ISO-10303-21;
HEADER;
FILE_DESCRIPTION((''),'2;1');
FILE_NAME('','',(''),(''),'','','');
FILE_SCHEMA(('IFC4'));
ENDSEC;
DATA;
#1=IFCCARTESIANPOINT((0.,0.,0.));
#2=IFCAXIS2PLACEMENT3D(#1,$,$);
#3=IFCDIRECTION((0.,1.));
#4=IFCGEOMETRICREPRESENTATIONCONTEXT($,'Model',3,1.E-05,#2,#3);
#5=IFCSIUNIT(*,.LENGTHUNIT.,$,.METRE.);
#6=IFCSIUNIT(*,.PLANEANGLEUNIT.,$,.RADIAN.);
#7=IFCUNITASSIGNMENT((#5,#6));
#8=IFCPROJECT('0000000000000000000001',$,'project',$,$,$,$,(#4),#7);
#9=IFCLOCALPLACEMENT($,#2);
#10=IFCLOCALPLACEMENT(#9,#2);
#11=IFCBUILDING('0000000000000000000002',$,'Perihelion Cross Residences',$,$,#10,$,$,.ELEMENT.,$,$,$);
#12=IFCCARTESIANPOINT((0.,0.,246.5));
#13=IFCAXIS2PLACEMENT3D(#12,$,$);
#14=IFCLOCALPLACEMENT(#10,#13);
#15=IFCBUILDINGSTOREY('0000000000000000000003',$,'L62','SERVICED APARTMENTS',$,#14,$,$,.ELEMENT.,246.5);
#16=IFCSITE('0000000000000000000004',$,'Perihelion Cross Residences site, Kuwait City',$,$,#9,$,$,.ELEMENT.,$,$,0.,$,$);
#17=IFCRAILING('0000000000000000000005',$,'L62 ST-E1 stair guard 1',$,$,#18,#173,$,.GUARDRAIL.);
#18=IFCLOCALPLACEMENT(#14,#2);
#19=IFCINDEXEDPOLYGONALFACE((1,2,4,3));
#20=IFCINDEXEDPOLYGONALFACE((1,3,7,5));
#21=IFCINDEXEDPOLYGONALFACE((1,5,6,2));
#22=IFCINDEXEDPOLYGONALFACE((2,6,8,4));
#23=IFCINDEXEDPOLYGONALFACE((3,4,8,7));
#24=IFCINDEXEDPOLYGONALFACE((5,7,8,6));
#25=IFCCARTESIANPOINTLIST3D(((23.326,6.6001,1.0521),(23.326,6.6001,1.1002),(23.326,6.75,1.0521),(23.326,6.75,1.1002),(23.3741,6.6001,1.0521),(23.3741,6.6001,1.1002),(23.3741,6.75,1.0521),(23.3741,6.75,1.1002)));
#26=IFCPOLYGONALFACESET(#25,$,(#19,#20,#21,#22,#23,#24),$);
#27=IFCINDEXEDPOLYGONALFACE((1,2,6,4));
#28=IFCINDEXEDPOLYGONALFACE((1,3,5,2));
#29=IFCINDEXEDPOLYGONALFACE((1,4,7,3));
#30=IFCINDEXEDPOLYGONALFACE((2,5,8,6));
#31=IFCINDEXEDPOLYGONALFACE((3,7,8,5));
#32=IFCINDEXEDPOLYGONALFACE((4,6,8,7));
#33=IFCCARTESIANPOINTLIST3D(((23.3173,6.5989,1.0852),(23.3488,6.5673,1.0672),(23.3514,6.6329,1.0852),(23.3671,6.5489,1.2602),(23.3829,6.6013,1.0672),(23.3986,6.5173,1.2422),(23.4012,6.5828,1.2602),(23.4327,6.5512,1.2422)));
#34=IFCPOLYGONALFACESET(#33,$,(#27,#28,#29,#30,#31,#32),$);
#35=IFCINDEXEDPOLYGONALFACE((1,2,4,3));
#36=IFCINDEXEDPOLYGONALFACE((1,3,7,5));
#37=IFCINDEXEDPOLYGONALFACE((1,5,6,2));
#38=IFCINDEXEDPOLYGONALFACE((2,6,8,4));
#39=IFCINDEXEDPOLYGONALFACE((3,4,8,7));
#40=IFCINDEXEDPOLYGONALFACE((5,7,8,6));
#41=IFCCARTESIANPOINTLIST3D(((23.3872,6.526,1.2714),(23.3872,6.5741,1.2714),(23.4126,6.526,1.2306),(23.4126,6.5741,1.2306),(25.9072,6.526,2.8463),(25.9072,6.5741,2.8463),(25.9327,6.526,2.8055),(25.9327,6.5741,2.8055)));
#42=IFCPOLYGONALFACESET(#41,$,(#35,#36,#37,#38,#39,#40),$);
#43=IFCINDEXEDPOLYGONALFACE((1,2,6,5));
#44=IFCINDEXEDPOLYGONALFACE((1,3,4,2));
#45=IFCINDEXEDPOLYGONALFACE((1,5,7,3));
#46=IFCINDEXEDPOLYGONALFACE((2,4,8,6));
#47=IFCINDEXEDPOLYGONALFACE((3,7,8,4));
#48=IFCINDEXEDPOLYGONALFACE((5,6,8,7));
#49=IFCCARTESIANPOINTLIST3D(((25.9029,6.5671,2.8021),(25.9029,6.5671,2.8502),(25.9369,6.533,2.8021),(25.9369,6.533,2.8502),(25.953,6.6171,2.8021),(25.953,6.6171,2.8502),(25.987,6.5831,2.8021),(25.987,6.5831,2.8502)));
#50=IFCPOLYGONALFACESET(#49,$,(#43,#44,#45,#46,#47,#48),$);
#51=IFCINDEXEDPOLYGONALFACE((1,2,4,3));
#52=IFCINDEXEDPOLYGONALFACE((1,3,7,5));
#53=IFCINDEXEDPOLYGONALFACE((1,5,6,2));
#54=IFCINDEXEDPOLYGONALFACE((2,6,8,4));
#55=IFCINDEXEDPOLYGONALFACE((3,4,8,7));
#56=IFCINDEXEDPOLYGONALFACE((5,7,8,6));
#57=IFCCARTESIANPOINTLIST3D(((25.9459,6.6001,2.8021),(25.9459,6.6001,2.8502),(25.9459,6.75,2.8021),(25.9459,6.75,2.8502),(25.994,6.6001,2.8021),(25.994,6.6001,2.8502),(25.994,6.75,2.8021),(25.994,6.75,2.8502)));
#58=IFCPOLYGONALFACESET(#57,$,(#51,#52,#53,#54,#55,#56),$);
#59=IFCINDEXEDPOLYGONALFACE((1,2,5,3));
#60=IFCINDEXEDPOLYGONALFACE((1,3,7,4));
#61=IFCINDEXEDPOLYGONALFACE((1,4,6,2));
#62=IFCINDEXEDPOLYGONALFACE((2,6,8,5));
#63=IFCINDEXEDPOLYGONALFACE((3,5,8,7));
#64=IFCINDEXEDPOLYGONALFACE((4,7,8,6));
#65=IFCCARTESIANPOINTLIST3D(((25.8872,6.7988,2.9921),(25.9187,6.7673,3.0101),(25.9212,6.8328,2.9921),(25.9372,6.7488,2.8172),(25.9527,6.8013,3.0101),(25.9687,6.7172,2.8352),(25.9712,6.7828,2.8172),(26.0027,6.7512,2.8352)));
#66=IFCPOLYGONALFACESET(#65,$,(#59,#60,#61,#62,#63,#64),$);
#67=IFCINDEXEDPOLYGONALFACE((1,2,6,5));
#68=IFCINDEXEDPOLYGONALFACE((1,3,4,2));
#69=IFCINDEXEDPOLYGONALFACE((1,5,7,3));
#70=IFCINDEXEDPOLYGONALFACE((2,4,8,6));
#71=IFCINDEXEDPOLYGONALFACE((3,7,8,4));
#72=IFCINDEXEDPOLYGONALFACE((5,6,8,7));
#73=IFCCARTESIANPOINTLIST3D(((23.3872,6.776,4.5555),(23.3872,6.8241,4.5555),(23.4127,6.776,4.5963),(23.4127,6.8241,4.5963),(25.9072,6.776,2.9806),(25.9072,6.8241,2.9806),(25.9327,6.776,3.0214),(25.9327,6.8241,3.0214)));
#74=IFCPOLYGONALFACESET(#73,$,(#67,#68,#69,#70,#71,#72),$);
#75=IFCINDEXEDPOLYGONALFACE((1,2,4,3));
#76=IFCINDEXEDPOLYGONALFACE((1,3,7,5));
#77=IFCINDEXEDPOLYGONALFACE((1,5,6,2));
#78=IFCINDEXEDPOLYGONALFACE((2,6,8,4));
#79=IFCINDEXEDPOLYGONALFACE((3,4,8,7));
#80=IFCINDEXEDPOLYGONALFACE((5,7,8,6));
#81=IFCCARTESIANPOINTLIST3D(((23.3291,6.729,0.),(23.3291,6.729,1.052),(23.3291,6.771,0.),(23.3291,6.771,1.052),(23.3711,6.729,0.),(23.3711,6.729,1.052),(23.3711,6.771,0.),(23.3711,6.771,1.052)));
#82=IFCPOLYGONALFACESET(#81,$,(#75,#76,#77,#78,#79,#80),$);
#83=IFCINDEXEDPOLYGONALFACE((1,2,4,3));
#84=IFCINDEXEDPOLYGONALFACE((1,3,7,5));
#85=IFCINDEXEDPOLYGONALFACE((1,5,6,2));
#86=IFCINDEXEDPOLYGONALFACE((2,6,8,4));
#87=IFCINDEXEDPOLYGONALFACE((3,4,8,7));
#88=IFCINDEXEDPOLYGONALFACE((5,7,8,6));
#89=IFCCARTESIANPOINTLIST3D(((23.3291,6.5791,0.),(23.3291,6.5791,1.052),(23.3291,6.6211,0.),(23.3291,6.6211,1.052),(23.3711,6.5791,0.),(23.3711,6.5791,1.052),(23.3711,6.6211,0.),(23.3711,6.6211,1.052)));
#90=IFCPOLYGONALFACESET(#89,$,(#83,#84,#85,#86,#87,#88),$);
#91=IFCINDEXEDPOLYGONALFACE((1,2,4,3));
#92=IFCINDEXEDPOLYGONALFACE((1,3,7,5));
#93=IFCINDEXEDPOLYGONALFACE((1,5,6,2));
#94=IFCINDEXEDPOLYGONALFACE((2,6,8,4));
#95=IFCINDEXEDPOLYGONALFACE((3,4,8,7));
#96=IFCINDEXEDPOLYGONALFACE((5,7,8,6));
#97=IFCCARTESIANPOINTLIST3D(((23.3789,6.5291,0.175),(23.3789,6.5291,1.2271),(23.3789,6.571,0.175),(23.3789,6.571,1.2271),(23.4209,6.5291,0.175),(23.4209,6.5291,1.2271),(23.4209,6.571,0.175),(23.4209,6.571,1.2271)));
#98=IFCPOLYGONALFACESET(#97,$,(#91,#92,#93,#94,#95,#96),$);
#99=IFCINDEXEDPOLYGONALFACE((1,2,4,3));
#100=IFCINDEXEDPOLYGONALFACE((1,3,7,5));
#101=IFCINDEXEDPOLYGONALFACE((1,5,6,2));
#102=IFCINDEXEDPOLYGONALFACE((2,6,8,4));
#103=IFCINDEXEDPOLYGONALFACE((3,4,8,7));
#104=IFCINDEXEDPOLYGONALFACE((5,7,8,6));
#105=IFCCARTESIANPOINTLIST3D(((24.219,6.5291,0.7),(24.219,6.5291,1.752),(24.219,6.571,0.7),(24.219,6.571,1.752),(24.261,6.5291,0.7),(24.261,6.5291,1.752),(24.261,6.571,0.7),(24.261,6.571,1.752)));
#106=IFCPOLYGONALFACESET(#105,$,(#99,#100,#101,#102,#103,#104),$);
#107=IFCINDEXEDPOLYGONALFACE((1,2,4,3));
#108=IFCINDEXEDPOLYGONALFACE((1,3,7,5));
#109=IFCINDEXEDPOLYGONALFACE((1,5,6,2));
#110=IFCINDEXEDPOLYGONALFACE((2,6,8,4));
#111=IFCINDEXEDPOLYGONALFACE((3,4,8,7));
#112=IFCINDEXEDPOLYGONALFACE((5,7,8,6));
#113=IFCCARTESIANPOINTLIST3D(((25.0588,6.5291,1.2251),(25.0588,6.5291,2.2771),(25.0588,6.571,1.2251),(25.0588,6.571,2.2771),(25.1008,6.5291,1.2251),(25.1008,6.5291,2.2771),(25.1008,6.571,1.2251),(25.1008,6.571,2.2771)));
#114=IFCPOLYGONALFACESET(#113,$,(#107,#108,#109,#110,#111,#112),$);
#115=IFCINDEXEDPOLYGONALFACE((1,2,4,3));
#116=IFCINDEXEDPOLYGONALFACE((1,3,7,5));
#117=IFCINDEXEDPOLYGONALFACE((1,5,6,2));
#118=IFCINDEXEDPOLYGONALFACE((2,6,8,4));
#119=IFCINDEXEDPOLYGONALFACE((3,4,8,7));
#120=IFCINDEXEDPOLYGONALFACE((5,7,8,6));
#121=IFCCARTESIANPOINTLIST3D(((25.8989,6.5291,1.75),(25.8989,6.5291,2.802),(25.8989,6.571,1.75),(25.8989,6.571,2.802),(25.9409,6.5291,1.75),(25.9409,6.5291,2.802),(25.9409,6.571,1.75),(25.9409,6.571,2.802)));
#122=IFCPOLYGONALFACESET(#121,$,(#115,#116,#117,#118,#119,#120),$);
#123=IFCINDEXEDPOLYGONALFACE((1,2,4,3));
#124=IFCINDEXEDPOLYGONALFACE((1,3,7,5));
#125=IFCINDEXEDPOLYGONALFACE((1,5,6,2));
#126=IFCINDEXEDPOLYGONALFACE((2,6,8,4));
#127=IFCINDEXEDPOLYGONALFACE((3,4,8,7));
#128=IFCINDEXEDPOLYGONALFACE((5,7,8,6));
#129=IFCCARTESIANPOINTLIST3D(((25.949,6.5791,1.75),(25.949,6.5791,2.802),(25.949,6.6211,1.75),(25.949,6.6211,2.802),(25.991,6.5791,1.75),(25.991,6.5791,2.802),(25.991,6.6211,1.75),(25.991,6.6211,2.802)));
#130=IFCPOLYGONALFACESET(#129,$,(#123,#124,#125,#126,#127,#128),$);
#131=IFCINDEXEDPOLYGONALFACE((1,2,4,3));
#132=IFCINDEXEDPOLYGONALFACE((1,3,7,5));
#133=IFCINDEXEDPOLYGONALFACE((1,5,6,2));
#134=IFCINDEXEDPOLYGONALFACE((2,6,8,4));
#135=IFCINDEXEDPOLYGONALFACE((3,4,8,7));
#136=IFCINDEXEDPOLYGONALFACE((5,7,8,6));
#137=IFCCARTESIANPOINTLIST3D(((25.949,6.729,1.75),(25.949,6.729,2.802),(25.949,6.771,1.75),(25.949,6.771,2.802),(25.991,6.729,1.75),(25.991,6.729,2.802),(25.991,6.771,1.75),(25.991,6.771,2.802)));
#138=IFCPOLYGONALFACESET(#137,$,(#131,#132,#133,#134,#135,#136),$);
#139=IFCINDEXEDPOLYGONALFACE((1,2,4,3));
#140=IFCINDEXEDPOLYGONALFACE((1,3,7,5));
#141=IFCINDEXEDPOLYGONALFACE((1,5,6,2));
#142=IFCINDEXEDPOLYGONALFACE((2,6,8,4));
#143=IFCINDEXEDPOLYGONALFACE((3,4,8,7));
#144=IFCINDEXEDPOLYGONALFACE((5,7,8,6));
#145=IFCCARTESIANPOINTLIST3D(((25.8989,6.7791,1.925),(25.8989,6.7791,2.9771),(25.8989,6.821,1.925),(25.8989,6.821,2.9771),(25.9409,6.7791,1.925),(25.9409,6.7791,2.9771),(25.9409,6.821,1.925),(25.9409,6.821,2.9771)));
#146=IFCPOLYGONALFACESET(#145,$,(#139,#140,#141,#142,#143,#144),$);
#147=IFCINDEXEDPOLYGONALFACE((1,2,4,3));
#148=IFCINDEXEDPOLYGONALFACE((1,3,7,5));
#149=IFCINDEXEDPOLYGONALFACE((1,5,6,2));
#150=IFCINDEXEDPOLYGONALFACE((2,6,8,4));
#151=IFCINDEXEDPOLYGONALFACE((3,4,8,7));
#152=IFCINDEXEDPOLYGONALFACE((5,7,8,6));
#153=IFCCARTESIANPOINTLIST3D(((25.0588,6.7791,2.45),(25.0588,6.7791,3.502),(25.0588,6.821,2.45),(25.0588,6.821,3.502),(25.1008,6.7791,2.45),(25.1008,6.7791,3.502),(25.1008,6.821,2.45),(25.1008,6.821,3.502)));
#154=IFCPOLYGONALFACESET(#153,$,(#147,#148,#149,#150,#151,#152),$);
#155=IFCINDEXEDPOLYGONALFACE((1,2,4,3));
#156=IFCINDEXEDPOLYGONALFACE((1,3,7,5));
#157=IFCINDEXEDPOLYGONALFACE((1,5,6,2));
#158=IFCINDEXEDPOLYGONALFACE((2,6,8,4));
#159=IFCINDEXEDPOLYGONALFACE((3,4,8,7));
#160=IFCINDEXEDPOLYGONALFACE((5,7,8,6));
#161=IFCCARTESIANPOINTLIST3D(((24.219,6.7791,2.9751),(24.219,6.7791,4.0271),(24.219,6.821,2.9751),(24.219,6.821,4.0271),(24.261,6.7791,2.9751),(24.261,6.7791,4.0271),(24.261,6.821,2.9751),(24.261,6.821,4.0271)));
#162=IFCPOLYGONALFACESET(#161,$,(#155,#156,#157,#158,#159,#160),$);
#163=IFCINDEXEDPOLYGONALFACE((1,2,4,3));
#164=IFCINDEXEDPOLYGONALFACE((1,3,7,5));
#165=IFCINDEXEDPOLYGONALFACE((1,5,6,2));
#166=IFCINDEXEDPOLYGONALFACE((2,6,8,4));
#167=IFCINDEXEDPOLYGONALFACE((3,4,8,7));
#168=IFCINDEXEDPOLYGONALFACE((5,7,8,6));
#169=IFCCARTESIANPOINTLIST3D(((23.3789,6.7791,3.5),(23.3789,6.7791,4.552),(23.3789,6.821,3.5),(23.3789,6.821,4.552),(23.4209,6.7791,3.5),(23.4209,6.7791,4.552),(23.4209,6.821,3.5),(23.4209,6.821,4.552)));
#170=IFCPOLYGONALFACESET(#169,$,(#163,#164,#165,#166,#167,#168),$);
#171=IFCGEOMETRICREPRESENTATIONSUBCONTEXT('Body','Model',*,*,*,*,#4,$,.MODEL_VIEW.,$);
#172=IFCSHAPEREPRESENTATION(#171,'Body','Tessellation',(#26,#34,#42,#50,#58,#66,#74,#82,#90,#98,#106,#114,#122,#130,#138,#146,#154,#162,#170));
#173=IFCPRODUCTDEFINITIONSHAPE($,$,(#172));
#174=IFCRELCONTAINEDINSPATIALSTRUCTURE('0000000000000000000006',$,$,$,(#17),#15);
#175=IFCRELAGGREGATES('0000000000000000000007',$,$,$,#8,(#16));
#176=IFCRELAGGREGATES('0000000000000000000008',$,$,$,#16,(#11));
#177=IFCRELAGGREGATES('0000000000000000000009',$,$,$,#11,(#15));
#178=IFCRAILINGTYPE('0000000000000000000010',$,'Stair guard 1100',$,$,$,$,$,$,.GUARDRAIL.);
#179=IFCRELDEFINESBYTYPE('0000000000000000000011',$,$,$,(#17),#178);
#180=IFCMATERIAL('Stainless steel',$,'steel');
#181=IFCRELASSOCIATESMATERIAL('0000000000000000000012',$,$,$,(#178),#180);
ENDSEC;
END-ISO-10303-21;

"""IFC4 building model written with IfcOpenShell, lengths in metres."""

from ifc_helpers import new_model, si_unit, direction, frame, origin, origin_2d, place, context, subcontext, project, spatial, rectangle, extrude, material, type_object, element, save


model = new_model("IFC4")

# Units and contexts
model_context = context("Model", 3, precision=1e-05, world=origin(), true_north=direction((0.0, 1.0)))
body_context = subcontext(model_context, "Body", "Model", "MODEL_VIEW")
ifc_project = project(units=[si_unit("LENGTHUNIT", "METRE"), si_unit("PLANEANGLEUNIT", "RADIAN")], contexts=[model_context])

# Site, building, storey
site_placement = place(None, origin())
site = spatial("IfcSite", under=ifc_project, at=site_placement, Name="Perihelion Cross Residences site, Kuwait City", CompositionType="ELEMENT", RefElevation=0.0)
building_placement = place(site_placement, origin())
building = spatial("IfcBuilding", under=site, at=building_placement, Name="Perihelion Cross Residences", CompositionType="ELEMENT")
storey_placement = place(building_placement, frame((0.0, 0.0, 246.5)))
storey = spatial("IfcBuildingStorey", under=building, at=storey_placement, Name="L62", Description="SERVICED APARTMENTS", CompositionType="ELEMENT", Elevation=246.5)

# Railing
ifc_material_1 = material(Name="Stainless steel", Category="steel")
railing_type_1 = type_object("IfcRailingType", Name="Stair guard 1100", PredefinedType="GUARDRAIL", material=ifc_material_1)
railing_1_placement = place(storey_placement, frame((23.3501, 6.75, 0.0)))
element("IfcRailing", 1, at=railing_1_placement, inside=storey, type_object=railing_type_1, Name="L62 ST-E1 stair guard 1", PredefinedType="GUARDRAIL", context=body_context, shape_type="SweptSolid", body=[
    extrude(rectangle(XDim=0.0481, YDim=0.0481, at=origin_2d()), frame((0.0, 0.0, 1.0762), z_axis=(0.0, -1.0, 0.0), x_axis=(1.0, 0.0, 0.0)), (0.0, 0.0, 1.0), 0.1499),
    extrude(rectangle(XDim=0.0481, YDim=0.0481, at=origin_2d()), frame((0.0, -0.1499, 1.0762), z_axis=(0.263862, -0.265156, 0.927399), x_axis=(0.708834, 0.705376, 0.0)), (0.0, 0.0, 1.0), 0.1887),
    extrude(rectangle(XDim=0.0481, YDim=0.0481, at=origin_2d()), frame((0.0498, -0.2, 1.251), z_axis=(0.848008, 0.0, 0.529984), x_axis=(0.0, 1.0, 0.0)), (0.0, 0.0, 1.0), 2.9717),
    extrude(rectangle(XDim=0.0481, YDim=0.0481, at=origin_2d()), frame((2.5698, -0.2, 2.8262), z_axis=(0.707107, 0.707107, 0.0), x_axis=(-0.707107, 0.707107, 0.0)), (0.0, 0.0, 1.0), 0.0708),
    extrude(rectangle(XDim=0.0481, YDim=0.0481, at=origin_2d()), frame((2.6199, -0.1499, 2.8262), z_axis=(0.0, 1.0, 0.0), x_axis=(-1.0, 0.0, 0.0)), (0.0, 0.0, 1.0), 0.1499),
    extrude(rectangle(XDim=0.0481, YDim=0.0481, at=origin_2d()), frame((2.6199, 0.0, 2.8262), z_axis=(-0.265065, 0.265065, 0.927082), x_axis=(-0.707107, -0.707107, 0.0)), (0.0, 0.0, 1.0), 0.1887),
    extrude(rectangle(XDim=0.0481, YDim=0.0481, at=origin_2d()), frame((2.5698, 0.05, 3.001), z_axis=(-0.848008, 0.0, 0.529984), x_axis=(0.0, -1.0, 0.0)), (0.0, 0.0, 1.0), 2.9717),
    extrude(rectangle(XDim=0.042, YDim=0.042, at=origin_2d()), origin(), (0.0, 0.0, 1.0), 1.052),
    extrude(rectangle(XDim=0.042, YDim=0.042, at=origin_2d()), frame((0.0, -0.1499, 0.0)), (0.0, 0.0, 1.0), 1.052),
    extrude(rectangle(XDim=0.042, YDim=0.042, at=origin_2d()), frame((0.0498, -0.2, 0.175)), (0.0, 0.0, 1.0), 1.052),
    extrude(rectangle(XDim=0.042, YDim=0.042, at=origin_2d()), frame((0.8899, -0.2, 0.7)), (0.0, 0.0, 1.0), 1.052),
    extrude(rectangle(XDim=0.042, YDim=0.042, at=origin_2d()), frame((1.7297, -0.2, 1.2251)), (0.0, 0.0, 1.0), 1.052),
    extrude(rectangle(XDim=0.042, YDim=0.042, at=origin_2d()), frame((2.5698, -0.2, 1.75)), (0.0, 0.0, 1.0), 1.052),
    extrude(rectangle(XDim=0.042, YDim=0.042, at=origin_2d()), frame((2.6199, -0.1499, 1.75)), (0.0, 0.0, 1.0), 1.052),
    extrude(rectangle(XDim=0.042, YDim=0.042, at=origin_2d()), frame((2.6199, 0.0, 1.75)), (0.0, 0.0, 1.0), 1.052),
    extrude(rectangle(XDim=0.042, YDim=0.042, at=origin_2d()), frame((2.5698, 0.05, 1.925)), (0.0, 0.0, 1.0), 1.052),
    extrude(rectangle(XDim=0.042, YDim=0.042, at=origin_2d()), frame((1.7297, 0.05, 2.45)), (0.0, 0.0, 1.0), 1.052),
    extrude(rectangle(XDim=0.042, YDim=0.042, at=origin_2d()), frame((0.8899, 0.05, 2.9751)), (0.0, 0.0, 1.0), 1.052),
    extrude(rectangle(XDim=0.042, YDim=0.042, at=origin_2d()), frame((0.0498, 0.05, 3.5)), (0.0, 0.0, 1.0), 1.052),
])

save(model, "model.ifc")
